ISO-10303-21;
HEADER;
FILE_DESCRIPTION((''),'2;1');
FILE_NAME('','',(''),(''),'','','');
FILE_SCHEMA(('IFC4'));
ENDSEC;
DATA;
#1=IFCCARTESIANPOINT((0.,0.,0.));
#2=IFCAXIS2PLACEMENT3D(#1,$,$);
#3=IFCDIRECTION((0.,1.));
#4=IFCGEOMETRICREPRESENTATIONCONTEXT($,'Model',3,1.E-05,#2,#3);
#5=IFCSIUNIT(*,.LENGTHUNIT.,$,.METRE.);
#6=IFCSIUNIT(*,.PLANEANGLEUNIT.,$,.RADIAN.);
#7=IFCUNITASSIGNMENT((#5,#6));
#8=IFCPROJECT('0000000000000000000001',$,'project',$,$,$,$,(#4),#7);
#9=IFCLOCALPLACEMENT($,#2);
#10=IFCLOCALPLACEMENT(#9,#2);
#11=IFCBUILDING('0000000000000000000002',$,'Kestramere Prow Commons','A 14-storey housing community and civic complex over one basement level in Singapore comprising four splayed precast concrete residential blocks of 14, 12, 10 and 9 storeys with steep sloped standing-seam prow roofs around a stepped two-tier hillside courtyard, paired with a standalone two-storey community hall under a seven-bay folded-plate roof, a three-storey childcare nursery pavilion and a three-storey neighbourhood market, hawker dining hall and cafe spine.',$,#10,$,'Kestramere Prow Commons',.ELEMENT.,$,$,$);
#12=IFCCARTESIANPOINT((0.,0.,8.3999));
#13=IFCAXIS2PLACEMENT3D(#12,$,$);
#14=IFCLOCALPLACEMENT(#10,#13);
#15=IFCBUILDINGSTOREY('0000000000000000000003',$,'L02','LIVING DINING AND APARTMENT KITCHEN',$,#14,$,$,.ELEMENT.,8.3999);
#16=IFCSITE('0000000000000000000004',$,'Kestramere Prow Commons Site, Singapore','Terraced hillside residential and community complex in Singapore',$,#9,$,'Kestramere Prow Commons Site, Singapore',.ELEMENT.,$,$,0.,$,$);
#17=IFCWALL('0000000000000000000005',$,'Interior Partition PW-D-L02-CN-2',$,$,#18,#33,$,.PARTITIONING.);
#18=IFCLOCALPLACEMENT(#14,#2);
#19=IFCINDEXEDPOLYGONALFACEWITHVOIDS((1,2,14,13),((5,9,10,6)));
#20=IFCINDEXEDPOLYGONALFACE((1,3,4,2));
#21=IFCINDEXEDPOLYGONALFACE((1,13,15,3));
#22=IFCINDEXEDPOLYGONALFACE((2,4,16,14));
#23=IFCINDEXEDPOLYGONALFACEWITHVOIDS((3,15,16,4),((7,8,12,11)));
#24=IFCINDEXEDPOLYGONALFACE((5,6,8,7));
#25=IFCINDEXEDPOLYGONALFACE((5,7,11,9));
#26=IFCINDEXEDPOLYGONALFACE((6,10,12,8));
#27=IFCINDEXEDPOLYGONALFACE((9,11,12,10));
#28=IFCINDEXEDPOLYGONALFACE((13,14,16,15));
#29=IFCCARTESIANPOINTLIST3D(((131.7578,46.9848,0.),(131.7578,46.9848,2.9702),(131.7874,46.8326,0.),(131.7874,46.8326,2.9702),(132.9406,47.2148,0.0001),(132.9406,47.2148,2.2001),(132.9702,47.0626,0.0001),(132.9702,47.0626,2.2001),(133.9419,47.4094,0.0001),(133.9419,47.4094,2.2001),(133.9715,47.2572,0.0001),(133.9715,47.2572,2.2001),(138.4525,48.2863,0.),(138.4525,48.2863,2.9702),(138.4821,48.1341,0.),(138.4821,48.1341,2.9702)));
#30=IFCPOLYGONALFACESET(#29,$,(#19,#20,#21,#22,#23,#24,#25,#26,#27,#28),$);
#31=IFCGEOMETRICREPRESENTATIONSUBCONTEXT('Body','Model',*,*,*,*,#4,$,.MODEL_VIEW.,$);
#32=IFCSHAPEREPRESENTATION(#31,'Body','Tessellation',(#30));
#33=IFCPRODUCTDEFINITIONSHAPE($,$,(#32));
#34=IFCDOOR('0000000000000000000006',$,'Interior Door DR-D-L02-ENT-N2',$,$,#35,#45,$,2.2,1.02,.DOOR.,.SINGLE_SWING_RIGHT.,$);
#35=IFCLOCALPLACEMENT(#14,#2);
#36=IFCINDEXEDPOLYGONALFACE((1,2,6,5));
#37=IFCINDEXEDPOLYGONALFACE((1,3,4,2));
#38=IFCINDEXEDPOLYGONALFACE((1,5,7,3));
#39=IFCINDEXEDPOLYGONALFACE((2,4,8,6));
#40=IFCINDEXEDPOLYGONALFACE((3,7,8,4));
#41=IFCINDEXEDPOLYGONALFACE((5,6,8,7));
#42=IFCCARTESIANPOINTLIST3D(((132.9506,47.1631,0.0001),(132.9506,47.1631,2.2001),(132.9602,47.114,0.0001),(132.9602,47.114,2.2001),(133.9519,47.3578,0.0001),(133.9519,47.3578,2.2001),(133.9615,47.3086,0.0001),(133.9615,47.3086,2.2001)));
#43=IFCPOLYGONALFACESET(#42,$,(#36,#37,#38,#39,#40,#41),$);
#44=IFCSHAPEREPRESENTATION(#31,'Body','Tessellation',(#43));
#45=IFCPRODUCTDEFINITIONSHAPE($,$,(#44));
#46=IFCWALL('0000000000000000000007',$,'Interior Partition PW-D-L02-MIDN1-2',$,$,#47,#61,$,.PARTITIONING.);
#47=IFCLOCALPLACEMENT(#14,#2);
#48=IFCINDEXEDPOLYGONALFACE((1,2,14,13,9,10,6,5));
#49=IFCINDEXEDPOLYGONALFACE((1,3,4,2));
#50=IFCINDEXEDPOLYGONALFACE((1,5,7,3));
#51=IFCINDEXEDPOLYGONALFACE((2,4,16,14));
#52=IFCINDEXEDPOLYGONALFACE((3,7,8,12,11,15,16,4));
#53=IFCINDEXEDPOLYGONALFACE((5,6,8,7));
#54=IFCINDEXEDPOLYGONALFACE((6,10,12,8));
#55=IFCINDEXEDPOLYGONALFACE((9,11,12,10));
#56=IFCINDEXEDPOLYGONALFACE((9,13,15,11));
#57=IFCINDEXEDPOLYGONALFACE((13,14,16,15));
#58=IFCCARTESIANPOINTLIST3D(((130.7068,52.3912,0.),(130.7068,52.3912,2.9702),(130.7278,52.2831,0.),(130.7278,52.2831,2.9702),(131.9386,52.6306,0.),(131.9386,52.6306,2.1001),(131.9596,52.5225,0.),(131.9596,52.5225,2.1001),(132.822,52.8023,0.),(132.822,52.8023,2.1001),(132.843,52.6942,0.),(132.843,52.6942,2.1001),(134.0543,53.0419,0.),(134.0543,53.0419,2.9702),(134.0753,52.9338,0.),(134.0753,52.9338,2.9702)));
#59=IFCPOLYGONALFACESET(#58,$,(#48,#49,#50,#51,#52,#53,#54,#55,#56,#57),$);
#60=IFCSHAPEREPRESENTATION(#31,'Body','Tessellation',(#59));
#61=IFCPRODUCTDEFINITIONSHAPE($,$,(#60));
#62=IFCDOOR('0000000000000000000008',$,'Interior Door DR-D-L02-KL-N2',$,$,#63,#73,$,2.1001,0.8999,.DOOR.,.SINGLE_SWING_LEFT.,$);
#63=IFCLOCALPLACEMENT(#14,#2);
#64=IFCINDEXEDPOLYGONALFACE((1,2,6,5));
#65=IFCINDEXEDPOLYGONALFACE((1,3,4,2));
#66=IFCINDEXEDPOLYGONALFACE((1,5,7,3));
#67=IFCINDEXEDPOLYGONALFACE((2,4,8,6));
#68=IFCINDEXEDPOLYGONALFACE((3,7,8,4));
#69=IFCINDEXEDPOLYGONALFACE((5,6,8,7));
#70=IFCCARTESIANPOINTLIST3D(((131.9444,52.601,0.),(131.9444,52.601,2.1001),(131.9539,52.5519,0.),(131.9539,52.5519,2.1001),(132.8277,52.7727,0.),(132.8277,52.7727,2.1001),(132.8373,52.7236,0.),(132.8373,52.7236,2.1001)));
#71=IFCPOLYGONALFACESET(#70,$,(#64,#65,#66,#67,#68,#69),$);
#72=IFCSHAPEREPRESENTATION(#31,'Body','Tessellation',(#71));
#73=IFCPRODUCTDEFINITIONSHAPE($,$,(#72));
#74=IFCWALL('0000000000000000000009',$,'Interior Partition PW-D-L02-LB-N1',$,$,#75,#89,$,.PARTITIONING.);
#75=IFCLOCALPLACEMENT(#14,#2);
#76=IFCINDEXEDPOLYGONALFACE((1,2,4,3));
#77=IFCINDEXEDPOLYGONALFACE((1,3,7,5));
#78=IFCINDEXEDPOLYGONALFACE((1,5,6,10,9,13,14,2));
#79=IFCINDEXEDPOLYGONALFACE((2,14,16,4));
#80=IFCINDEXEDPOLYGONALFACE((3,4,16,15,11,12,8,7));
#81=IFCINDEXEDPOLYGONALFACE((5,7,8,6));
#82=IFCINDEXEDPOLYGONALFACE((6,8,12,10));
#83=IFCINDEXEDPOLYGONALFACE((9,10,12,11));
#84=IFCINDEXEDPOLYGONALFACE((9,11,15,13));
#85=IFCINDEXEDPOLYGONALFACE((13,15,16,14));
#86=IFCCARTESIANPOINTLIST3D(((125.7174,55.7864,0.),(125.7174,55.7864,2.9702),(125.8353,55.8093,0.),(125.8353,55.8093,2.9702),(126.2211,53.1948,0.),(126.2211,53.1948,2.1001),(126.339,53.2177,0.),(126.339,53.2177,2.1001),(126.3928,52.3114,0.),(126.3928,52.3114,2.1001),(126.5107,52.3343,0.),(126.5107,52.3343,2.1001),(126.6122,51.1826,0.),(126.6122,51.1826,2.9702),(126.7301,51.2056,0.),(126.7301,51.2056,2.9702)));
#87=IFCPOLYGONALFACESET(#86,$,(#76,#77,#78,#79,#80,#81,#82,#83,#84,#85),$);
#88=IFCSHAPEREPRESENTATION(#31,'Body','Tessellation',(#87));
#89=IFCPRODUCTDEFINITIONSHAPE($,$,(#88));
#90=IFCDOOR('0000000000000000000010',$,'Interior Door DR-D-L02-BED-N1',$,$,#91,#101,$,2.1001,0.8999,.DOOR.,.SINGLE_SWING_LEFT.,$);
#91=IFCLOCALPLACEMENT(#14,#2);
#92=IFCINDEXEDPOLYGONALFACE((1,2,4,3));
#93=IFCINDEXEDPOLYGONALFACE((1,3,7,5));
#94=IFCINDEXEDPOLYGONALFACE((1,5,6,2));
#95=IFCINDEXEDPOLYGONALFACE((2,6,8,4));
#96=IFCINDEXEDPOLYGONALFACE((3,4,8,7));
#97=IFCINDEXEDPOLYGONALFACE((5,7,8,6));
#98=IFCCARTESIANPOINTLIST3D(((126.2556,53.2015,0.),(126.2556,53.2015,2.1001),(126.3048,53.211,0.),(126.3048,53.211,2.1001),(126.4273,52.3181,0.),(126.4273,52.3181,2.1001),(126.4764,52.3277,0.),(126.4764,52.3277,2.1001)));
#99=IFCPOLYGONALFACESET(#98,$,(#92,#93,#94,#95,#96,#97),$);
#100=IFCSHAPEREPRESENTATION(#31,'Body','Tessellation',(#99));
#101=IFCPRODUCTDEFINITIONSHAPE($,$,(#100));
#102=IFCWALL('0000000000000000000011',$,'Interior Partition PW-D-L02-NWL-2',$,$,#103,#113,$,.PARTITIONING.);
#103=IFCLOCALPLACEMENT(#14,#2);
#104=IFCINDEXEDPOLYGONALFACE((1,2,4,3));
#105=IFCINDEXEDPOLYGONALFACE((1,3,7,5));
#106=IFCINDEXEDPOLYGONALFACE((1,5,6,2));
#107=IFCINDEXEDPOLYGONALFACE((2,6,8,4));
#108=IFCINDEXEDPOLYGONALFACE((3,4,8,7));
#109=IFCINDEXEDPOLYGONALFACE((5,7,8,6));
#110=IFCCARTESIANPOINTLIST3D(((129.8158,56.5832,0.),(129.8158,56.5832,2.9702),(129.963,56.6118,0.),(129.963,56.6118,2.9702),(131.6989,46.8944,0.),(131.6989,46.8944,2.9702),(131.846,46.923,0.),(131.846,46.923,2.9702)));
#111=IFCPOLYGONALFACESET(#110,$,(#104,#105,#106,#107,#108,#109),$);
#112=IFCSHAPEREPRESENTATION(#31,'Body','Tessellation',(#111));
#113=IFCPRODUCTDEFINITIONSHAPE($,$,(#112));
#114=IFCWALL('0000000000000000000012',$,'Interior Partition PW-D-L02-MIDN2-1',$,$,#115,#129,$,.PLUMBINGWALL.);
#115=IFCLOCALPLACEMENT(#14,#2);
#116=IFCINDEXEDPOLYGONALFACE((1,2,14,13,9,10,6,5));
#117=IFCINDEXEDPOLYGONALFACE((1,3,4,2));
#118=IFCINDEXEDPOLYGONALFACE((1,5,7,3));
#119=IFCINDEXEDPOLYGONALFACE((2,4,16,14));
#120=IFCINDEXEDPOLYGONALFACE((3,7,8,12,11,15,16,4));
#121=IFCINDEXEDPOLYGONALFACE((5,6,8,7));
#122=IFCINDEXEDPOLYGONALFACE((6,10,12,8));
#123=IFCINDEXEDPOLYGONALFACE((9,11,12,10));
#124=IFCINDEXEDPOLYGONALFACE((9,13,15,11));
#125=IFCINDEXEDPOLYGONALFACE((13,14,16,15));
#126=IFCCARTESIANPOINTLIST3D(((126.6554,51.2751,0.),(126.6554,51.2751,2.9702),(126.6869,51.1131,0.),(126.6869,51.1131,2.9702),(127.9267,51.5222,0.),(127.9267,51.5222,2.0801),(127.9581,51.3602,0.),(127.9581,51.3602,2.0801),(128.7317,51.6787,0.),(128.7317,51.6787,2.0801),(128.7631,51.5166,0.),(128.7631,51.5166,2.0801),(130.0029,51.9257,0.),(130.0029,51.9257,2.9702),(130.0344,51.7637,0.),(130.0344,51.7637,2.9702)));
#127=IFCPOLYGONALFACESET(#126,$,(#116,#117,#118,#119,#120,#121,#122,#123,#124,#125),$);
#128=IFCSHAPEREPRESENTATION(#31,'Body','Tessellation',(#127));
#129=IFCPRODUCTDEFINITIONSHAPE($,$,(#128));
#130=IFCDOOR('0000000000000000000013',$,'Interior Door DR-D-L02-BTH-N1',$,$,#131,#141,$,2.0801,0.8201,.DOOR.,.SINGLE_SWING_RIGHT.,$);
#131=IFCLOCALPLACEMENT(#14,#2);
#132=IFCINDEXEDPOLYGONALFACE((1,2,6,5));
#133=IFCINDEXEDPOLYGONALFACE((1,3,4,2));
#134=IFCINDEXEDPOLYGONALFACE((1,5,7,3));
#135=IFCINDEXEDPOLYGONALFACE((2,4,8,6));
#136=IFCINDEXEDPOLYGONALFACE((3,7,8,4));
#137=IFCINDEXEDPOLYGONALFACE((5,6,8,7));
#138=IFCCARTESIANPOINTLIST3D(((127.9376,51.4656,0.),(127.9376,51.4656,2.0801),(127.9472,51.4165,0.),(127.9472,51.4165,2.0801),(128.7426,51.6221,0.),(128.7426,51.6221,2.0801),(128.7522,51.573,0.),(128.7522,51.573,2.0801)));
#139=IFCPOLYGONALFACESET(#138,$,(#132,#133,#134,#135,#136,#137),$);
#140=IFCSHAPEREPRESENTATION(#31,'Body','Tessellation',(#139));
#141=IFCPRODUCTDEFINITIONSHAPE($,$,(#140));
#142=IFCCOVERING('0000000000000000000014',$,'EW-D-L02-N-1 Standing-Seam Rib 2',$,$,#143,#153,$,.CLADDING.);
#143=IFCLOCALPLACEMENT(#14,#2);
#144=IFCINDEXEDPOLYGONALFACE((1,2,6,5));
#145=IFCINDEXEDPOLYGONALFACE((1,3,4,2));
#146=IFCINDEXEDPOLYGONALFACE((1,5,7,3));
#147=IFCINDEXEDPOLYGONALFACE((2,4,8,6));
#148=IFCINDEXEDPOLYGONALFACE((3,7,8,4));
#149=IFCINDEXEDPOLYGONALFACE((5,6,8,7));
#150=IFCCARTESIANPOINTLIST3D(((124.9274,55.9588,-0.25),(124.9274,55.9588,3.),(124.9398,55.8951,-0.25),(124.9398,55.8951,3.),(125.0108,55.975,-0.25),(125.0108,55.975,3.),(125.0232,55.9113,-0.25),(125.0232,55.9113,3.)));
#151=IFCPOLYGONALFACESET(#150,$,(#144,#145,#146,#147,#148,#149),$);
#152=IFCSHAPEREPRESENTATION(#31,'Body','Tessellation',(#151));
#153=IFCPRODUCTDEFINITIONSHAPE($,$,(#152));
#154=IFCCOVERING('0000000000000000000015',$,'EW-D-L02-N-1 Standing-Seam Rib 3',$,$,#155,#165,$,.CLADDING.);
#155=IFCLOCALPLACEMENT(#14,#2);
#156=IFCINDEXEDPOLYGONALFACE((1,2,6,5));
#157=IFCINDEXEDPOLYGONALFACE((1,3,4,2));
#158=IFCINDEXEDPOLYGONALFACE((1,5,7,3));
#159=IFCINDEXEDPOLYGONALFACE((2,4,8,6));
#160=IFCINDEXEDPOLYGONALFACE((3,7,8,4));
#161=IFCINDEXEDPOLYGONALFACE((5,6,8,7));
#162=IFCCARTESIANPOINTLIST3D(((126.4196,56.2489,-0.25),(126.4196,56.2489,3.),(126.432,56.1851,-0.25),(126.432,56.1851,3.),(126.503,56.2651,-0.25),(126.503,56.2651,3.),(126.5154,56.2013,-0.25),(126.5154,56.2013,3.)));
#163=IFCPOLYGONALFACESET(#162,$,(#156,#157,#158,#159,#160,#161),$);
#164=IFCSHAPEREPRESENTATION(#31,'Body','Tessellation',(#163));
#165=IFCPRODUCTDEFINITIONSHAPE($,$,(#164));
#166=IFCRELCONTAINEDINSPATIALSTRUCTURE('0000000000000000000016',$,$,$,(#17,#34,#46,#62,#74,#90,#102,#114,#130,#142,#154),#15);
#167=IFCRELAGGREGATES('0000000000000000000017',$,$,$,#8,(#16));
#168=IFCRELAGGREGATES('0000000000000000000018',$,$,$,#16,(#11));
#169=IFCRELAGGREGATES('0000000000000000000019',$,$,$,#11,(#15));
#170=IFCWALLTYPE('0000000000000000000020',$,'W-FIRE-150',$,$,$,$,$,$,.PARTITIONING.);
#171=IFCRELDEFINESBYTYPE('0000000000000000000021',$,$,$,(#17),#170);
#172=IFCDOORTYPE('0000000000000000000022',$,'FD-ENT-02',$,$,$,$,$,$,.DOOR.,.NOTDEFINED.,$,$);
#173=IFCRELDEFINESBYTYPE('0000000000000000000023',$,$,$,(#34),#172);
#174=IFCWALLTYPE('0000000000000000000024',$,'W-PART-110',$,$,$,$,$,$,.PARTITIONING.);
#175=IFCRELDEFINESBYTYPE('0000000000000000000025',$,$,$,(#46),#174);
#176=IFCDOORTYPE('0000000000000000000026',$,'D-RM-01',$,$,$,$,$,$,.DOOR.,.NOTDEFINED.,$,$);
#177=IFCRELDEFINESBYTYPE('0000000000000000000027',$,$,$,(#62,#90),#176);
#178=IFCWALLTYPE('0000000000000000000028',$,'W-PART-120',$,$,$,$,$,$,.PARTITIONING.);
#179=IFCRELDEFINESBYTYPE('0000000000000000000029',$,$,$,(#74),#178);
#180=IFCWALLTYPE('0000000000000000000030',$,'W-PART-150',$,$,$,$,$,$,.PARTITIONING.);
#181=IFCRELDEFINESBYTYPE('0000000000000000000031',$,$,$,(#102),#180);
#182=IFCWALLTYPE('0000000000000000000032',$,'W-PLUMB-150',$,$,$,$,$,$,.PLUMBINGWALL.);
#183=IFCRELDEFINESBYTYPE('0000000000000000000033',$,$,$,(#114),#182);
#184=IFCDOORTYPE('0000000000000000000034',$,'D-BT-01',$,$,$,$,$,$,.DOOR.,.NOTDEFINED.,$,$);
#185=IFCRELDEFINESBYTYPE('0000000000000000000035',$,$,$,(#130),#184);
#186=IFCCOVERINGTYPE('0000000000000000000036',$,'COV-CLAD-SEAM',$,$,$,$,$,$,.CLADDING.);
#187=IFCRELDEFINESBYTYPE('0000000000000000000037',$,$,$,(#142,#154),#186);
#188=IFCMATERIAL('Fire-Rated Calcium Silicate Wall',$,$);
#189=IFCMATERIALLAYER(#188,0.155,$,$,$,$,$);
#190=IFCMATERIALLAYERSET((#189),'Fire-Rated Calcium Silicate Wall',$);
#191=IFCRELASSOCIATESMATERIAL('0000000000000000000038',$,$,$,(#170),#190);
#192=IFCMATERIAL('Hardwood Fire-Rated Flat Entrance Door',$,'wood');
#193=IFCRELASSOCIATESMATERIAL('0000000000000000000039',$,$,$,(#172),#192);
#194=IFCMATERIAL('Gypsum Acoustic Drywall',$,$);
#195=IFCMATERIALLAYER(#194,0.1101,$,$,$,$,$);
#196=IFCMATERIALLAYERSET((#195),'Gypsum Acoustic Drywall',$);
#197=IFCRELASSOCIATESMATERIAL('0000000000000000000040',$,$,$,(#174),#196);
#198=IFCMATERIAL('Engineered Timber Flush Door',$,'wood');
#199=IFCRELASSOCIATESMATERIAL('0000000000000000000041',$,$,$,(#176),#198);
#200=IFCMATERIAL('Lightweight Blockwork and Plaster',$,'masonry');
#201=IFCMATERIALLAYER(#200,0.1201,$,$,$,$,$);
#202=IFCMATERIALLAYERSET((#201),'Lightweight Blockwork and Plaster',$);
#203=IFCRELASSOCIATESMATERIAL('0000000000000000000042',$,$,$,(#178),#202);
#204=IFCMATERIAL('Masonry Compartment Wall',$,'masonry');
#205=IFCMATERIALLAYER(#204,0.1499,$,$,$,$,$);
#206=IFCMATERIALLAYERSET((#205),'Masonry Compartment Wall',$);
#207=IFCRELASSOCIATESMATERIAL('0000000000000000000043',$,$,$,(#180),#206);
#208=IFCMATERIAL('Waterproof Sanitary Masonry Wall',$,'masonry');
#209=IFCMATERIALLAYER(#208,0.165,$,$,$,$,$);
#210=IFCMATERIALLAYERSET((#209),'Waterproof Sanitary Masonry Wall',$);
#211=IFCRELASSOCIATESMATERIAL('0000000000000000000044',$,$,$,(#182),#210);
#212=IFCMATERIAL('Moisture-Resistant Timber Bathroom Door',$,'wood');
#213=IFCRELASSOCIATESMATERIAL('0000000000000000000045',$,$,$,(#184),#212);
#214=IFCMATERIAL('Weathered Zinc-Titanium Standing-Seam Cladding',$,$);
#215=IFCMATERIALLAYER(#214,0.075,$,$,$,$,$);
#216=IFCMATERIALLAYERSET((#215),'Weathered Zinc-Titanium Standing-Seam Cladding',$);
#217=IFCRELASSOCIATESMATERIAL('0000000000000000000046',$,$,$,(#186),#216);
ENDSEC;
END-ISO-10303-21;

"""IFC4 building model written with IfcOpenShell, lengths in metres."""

from ifc_helpers import new_model, si_unit, direction, frame, frame_2d, origin, origin_2d, place, context, subcontext, project, spatial, rectangle, extrude, material, layer, layer_set, type_object, element, fill, save


model = new_model("IFC4")

# Units and contexts
model_context = context("Model", 3, precision=1e-05, world=origin(), true_north=direction((0.0, 1.0)))
body_context = subcontext(model_context, "Body", "Model", "MODEL_VIEW")
ifc_project = project(units=[si_unit("LENGTHUNIT", "METRE"), si_unit("PLANEANGLEUNIT", "RADIAN")], contexts=[model_context])

# Site, building, storey
site_placement = place(None, origin())
site = spatial("IfcSite", under=ifc_project, at=site_placement, Name="Kestramere Prow Commons Site, Singapore", Description="Terraced hillside residential and community complex in Singapore", LongName="Kestramere Prow Commons Site, Singapore", CompositionType="ELEMENT", RefElevation=0.0)
building_placement = place(site_placement, origin())
building = spatial("IfcBuilding", under=site, at=building_placement, Name="Kestramere Prow Commons", Description="A 14-storey housing community and civic complex over one basement level in Singapore comprising four splayed precast concrete residential blocks of 14, 12, 10 and 9 storeys with steep sloped standing-seam prow roofs around a stepped two-tier hillside courtyard, paired with a standalone two-storey community hall under a seven-bay folded-plate roof, a three-storey childcare nursery pavilion and a three-storey neighbourhood market, hawker dining hall and cafe spine.", LongName="Kestramere Prow Commons", CompositionType="ELEMENT")
storey_placement = place(building_placement, frame((0.0, 0.0, 8.3999)))
storey = spatial("IfcBuildingStorey", under=building, at=storey_placement, Name="L02", Description="LIVING DINING AND APARTMENT KITCHEN", CompositionType="ELEMENT", Elevation=8.3999)

# Walls, openings, doors
ifc_material_1 = material(Name="Fire-Rated Calcium Silicate Wall")
ifc_layer_1 = layer(ifc_material_1, 0.155)
ifc_layer_set_1 = layer_set([ifc_layer_1], Name="Fire-Rated Calcium Silicate Wall")
wall_type_1 = type_object("IfcWallType", Name="W-FIRE-150", PredefinedType="PARTITIONING", material=ifc_layer_set_1)
wall_1_placement = place(storey_placement, frame((131.7725, 46.9087, 0.0), z_axis=(0.0, 0.0, 1.0), x_axis=(0.981622, 0.190833, 0.0)))
wall_1 = element("IfcWall", 1, at=wall_1_placement, inside=storey, type_object=wall_type_1, Name="Interior Partition PW-D-L02-CN-2", PredefinedType="PARTITIONING", context=body_context, shape_type="SweptSolid", body=[
    extrude(rectangle(XDim=6.8201, YDim=0.155, at=frame_2d((3.4102, 0.0))), origin(), (0.0, 0.0, 1.0), 2.9702),
])
opening_1_placement = place(wall_1_placement, frame((1.2051, 0.0, 0.0)))
opening_1 = element("IfcOpeningElement", 2, at=opening_1_placement, cuts=wall_1, PredefinedType="OPENING", context=body_context, shape_type="SweptSolid", body=[
    extrude(rectangle(XDim=1.02, YDim=2.2, at=frame_2d((0.51, 1.1001))), frame((0.0, 0.0925, 0.0), z_axis=(0.0, -1.0, 0.0), x_axis=(1.0, 0.0, 0.0)), (0.0, 0.0, 1.0), 0.1851),
])
ifc_material_2 = material(Name="Hardwood Fire-Rated Flat Entrance Door", Category="wood")
door_type_1 = type_object("IfcDoorType", Name="FD-ENT-02", OperationType="NOTDEFINED", PredefinedType="DOOR", material=ifc_material_2)
door_1_placement = place(opening_1_placement, origin())
door_1 = element("IfcDoor", 3, at=door_1_placement, inside=storey, type_object=door_type_1, Name="Interior Door DR-D-L02-ENT-N2", OperationType="SINGLE_SWING_RIGHT", OverallHeight=2.2, OverallWidth=1.02, PredefinedType="DOOR", context=body_context, shape_type="SweptSolid", body=[
    extrude(rectangle(XDim=1.02, YDim=2.2, at=frame_2d((0.51, 1.1001))), frame((0.0, 0.0249, 0.0), z_axis=(0.0, -1.0, 0.0), x_axis=(1.0, 0.0, 0.0)), (0.0, 0.0, 1.0), 0.05),
])
fill(opening_1, door_1)
ifc_material_3 = material(Name="Gypsum Acoustic Drywall")
ifc_layer_2 = layer(ifc_material_3, 0.1101)
ifc_layer_set_2 = layer_set([ifc_layer_2], Name="Gypsum Acoustic Drywall")
wall_type_2 = type_object("IfcWallType", Name="W-PART-110", PredefinedType="PARTITIONING", material=ifc_layer_set_2)
wall_2_placement = place(storey_placement, frame((130.7173, 52.3372, 0.0), z_axis=(0.0, 0.0, 1.0), x_axis=(0.981629, 0.190799, 0.0)))
wall_2 = element("IfcWall", 4, at=wall_2_placement, inside=storey, type_object=wall_type_2, Name="Interior Partition PW-D-L02-MIDN1-2", PredefinedType="PARTITIONING", context=body_context, shape_type="SweptSolid", body=[
    extrude(rectangle(XDim=3.4102, YDim=0.1101, at=frame_2d((1.7051, 0.0))), origin(), (0.0, 0.0, 1.0), 2.9702),
])
opening_2_placement = place(wall_2_placement, frame((1.2549, 0.0, 0.0)))
opening_2 = element("IfcOpeningElement", 5, at=opening_2_placement, cuts=wall_2, PredefinedType="OPENING", context=body_context, shape_type="SweptSolid", body=[
    extrude(rectangle(XDim=0.8999, YDim=2.1001, at=frame_2d((0.45, 1.05))), frame((0.0, 0.0701, 0.0), z_axis=(0.0, -1.0, 0.0), x_axis=(1.0, 0.0, 0.0)), (0.0, 0.0, 1.0), 0.1401),
])
ifc_material_4 = material(Name="Engineered Timber Flush Door", Category="wood")
door_type_2 = type_object("IfcDoorType", Name="D-RM-01", OperationType="NOTDEFINED", PredefinedType="DOOR", material=ifc_material_4)
door_2_placement = place(opening_2_placement, origin())
door_2 = element("IfcDoor", 6, at=door_2_placement, inside=storey, type_object=door_type_2, Name="Interior Door DR-D-L02-KL-N2", OperationType="SINGLE_SWING_LEFT", OverallHeight=2.1001, OverallWidth=0.8999, PredefinedType="DOOR", context=body_context, shape_type="SweptSolid", body=[
    extrude(rectangle(XDim=0.8999, YDim=2.1001, at=frame_2d((0.45, 1.05))), frame((0.0, 0.0249, 0.0), z_axis=(0.0, -1.0, 0.0), x_axis=(1.0, 0.0, 0.0)), (0.0, 0.0, 1.0), 0.05),
])
fill(opening_2, door_2)
ifc_material_5 = material(Name="Lightweight Blockwork and Plaster", Category="masonry")
ifc_layer_3 = layer(ifc_material_5, 0.1201)
ifc_layer_set_3 = layer_set([ifc_layer_3], Name="Lightweight Blockwork and Plaster")
wall_type_3 = type_object("IfcWallType", Name="W-PART-120", PredefinedType="PARTITIONING", material=ifc_layer_set_3)
wall_3_placement = place(storey_placement, frame((126.6711, 51.1941, 0.0), z_axis=(0.0, 0.0, 1.0), x_axis=(-0.190787, 0.981631, 0.0)))
wall_3 = element("IfcWall", 7, at=wall_3_placement, inside=storey, type_object=wall_type_3, Name="Interior Partition PW-D-L02-LB-N1", PredefinedType="PARTITIONING", context=body_context, shape_type="SweptSolid", body=[
    extrude(rectangle(XDim=4.6899, YDim=0.1201, at=frame_2d((2.345, 0.0))), origin(), (0.0, 0.0, 1.0), 2.9702),
])
opening_3_placement = place(wall_3_placement, frame((1.1499, 0.0, 0.0)))
opening_3 = element("IfcOpeningElement", 8, at=opening_3_placement, cuts=wall_3, PredefinedType="OPENING", context=body_context, shape_type="SweptSolid", body=[
    extrude(rectangle(XDim=0.8999, YDim=2.1001, at=frame_2d((0.45, 1.05))), frame((0.0, 0.075, 0.0), z_axis=(0.0, -1.0, 0.0), x_axis=(1.0, 0.0, 0.0)), (0.0, 0.0, 1.0), 0.1501),
])
door_3_placement = place(opening_3_placement, origin())
door_3 = element("IfcDoor", 9, at=door_3_placement, inside=storey, type_object=door_type_2, Name="Interior Door DR-D-L02-BED-N1", OperationType="SINGLE_SWING_LEFT", OverallHeight=2.1001, OverallWidth=0.8999, PredefinedType="DOOR", context=body_context, shape_type="SweptSolid", body=[
    extrude(rectangle(XDim=0.8999, YDim=2.1001, at=frame_2d((0.45, 1.05))), frame((0.0, 0.0249, 0.0), z_axis=(0.0, -1.0, 0.0), x_axis=(1.0, 0.0, 0.0)), (0.0, 0.0, 1.0), 0.05),
])
fill(opening_3, door_3)

# Wall
ifc_material_6 = material(Name="Masonry Compartment Wall", Category="masonry")
ifc_layer_4 = layer(ifc_material_6, 0.1499)
ifc_layer_set_4 = layer_set([ifc_layer_4], Name="Masonry Compartment Wall")
wall_type_4 = type_object("IfcWallType", Name="W-PART-150", PredefinedType="PARTITIONING", material=ifc_layer_set_4)
wall_4_placement = place(storey_placement, frame((131.7725, 46.9087, 0.0), z_axis=(0.0, 0.0, 1.0), x_axis=(-0.190786, 0.981632, 0.0)))
element("IfcWall", 10, at=wall_4_placement, inside=storey, type_object=wall_type_4, Name="Interior Partition PW-D-L02-NWL-2", PredefinedType="PARTITIONING", context=body_context, shape_type="SweptSolid", body=[
    extrude(rectangle(XDim=9.8701, YDim=0.1499, at=frame_2d((4.9351, 0.0))), origin(), (0.0, 0.0, 1.0), 2.9702),
])

# Wall, opening, door
ifc_material_7 = material(Name="Waterproof Sanitary Masonry Wall", Category="masonry")
ifc_layer_5 = layer(ifc_material_7, 0.165)
ifc_layer_set_5 = layer_set([ifc_layer_5], Name="Waterproof Sanitary Masonry Wall")
wall_type_5 = type_object("IfcWallType", Name="W-PLUMB-150", PredefinedType="PLUMBINGWALL", material=ifc_layer_set_5)
wall_5_placement = place(storey_placement, frame((126.6711, 51.1941, 0.0), z_axis=(0.0, 0.0, 1.0), x_axis=(0.981629, 0.190799, 0.0)))
wall_5 = element("IfcWall", 11, at=wall_5_placement, inside=storey, type_object=wall_type_5, Name="Interior Partition PW-D-L02-MIDN2-1", PredefinedType="PLUMBINGWALL", context=body_context, shape_type="SweptSolid", body=[
    extrude(rectangle(XDim=3.4102, YDim=0.165, at=frame_2d((1.7051, 0.0))), origin(), (0.0, 0.0, 1.0), 2.9702),
])
opening_4_placement = place(wall_5_placement, frame((1.2949, 0.0, 0.0)))
opening_4 = element("IfcOpeningElement", 12, at=opening_4_placement, cuts=wall_5, PredefinedType="OPENING", context=body_context, shape_type="SweptSolid", body=[
    extrude(rectangle(XDim=0.8201, YDim=2.0801, at=frame_2d((0.4102, 1.04))), frame((0.0, 0.0974, 0.0), z_axis=(0.0, -1.0, 0.0), x_axis=(1.0, 0.0, 0.0)), (0.0, 0.0, 1.0), 0.1951),
])
ifc_material_8 = material(Name="Moisture-Resistant Timber Bathroom Door", Category="wood")
door_type_3 = type_object("IfcDoorType", Name="D-BT-01", OperationType="NOTDEFINED", PredefinedType="DOOR", material=ifc_material_8)
door_4_placement = place(opening_4_placement, origin())
door_4 = element("IfcDoor", 13, at=door_4_placement, inside=storey, type_object=door_type_3, Name="Interior Door DR-D-L02-BTH-N1", OperationType="SINGLE_SWING_RIGHT", OverallHeight=2.0801, OverallWidth=0.8201, PredefinedType="DOOR", context=body_context, shape_type="SweptSolid", body=[
    extrude(rectangle(XDim=0.8201, YDim=2.0801, at=frame_2d((0.4102, 1.04))), frame((0.0, 0.0249, 0.0), z_axis=(0.0, -1.0, 0.0), x_axis=(1.0, 0.0, 0.0)), (0.0, 0.0, 1.0), 0.05),
])
fill(opening_4, door_4)

# Coverings
ifc_material_9 = material(Name="Weathered Zinc-Titanium Standing-Seam Cladding")
ifc_layer_6 = layer(ifc_material_9, 0.075)
ifc_layer_set_6 = layer_set([ifc_layer_6], Name="Weathered Zinc-Titanium Standing-Seam Cladding")
covering_type = type_object("IfcCoveringType", Name="COV-CLAD-SEAM", PredefinedType="CLADDING", material=ifc_layer_set_6)
for number, where, z_axis, x_axis, name in (
    (14, (124.9753, 55.9351, -0.25), (0.0, 0.0, 1.0), (0.981627, 0.190809, 0.0), "EW-D-L02-N-1 Standing-Seam Rib 2"),
    (15, (126.4675, 56.2251, -0.25), (0.0, 0.0, 1.0), (0.981627, 0.190809, 0.0), "EW-D-L02-N-1 Standing-Seam Rib 3"),
):
    element("IfcCovering", number, at=place(storey_placement, frame(where, z_axis=z_axis, x_axis=x_axis)), inside=storey, type_object=covering_type, Name=name, PredefinedType="CLADDING", context=body_context, shape_type="SweptSolid", body=[
        extrude(rectangle(XDim=0.085, YDim=0.0649, at=origin_2d()), origin(), (0.0, 0.0, 1.0), 3.25),
    ])

save(model, "model.ifc")
